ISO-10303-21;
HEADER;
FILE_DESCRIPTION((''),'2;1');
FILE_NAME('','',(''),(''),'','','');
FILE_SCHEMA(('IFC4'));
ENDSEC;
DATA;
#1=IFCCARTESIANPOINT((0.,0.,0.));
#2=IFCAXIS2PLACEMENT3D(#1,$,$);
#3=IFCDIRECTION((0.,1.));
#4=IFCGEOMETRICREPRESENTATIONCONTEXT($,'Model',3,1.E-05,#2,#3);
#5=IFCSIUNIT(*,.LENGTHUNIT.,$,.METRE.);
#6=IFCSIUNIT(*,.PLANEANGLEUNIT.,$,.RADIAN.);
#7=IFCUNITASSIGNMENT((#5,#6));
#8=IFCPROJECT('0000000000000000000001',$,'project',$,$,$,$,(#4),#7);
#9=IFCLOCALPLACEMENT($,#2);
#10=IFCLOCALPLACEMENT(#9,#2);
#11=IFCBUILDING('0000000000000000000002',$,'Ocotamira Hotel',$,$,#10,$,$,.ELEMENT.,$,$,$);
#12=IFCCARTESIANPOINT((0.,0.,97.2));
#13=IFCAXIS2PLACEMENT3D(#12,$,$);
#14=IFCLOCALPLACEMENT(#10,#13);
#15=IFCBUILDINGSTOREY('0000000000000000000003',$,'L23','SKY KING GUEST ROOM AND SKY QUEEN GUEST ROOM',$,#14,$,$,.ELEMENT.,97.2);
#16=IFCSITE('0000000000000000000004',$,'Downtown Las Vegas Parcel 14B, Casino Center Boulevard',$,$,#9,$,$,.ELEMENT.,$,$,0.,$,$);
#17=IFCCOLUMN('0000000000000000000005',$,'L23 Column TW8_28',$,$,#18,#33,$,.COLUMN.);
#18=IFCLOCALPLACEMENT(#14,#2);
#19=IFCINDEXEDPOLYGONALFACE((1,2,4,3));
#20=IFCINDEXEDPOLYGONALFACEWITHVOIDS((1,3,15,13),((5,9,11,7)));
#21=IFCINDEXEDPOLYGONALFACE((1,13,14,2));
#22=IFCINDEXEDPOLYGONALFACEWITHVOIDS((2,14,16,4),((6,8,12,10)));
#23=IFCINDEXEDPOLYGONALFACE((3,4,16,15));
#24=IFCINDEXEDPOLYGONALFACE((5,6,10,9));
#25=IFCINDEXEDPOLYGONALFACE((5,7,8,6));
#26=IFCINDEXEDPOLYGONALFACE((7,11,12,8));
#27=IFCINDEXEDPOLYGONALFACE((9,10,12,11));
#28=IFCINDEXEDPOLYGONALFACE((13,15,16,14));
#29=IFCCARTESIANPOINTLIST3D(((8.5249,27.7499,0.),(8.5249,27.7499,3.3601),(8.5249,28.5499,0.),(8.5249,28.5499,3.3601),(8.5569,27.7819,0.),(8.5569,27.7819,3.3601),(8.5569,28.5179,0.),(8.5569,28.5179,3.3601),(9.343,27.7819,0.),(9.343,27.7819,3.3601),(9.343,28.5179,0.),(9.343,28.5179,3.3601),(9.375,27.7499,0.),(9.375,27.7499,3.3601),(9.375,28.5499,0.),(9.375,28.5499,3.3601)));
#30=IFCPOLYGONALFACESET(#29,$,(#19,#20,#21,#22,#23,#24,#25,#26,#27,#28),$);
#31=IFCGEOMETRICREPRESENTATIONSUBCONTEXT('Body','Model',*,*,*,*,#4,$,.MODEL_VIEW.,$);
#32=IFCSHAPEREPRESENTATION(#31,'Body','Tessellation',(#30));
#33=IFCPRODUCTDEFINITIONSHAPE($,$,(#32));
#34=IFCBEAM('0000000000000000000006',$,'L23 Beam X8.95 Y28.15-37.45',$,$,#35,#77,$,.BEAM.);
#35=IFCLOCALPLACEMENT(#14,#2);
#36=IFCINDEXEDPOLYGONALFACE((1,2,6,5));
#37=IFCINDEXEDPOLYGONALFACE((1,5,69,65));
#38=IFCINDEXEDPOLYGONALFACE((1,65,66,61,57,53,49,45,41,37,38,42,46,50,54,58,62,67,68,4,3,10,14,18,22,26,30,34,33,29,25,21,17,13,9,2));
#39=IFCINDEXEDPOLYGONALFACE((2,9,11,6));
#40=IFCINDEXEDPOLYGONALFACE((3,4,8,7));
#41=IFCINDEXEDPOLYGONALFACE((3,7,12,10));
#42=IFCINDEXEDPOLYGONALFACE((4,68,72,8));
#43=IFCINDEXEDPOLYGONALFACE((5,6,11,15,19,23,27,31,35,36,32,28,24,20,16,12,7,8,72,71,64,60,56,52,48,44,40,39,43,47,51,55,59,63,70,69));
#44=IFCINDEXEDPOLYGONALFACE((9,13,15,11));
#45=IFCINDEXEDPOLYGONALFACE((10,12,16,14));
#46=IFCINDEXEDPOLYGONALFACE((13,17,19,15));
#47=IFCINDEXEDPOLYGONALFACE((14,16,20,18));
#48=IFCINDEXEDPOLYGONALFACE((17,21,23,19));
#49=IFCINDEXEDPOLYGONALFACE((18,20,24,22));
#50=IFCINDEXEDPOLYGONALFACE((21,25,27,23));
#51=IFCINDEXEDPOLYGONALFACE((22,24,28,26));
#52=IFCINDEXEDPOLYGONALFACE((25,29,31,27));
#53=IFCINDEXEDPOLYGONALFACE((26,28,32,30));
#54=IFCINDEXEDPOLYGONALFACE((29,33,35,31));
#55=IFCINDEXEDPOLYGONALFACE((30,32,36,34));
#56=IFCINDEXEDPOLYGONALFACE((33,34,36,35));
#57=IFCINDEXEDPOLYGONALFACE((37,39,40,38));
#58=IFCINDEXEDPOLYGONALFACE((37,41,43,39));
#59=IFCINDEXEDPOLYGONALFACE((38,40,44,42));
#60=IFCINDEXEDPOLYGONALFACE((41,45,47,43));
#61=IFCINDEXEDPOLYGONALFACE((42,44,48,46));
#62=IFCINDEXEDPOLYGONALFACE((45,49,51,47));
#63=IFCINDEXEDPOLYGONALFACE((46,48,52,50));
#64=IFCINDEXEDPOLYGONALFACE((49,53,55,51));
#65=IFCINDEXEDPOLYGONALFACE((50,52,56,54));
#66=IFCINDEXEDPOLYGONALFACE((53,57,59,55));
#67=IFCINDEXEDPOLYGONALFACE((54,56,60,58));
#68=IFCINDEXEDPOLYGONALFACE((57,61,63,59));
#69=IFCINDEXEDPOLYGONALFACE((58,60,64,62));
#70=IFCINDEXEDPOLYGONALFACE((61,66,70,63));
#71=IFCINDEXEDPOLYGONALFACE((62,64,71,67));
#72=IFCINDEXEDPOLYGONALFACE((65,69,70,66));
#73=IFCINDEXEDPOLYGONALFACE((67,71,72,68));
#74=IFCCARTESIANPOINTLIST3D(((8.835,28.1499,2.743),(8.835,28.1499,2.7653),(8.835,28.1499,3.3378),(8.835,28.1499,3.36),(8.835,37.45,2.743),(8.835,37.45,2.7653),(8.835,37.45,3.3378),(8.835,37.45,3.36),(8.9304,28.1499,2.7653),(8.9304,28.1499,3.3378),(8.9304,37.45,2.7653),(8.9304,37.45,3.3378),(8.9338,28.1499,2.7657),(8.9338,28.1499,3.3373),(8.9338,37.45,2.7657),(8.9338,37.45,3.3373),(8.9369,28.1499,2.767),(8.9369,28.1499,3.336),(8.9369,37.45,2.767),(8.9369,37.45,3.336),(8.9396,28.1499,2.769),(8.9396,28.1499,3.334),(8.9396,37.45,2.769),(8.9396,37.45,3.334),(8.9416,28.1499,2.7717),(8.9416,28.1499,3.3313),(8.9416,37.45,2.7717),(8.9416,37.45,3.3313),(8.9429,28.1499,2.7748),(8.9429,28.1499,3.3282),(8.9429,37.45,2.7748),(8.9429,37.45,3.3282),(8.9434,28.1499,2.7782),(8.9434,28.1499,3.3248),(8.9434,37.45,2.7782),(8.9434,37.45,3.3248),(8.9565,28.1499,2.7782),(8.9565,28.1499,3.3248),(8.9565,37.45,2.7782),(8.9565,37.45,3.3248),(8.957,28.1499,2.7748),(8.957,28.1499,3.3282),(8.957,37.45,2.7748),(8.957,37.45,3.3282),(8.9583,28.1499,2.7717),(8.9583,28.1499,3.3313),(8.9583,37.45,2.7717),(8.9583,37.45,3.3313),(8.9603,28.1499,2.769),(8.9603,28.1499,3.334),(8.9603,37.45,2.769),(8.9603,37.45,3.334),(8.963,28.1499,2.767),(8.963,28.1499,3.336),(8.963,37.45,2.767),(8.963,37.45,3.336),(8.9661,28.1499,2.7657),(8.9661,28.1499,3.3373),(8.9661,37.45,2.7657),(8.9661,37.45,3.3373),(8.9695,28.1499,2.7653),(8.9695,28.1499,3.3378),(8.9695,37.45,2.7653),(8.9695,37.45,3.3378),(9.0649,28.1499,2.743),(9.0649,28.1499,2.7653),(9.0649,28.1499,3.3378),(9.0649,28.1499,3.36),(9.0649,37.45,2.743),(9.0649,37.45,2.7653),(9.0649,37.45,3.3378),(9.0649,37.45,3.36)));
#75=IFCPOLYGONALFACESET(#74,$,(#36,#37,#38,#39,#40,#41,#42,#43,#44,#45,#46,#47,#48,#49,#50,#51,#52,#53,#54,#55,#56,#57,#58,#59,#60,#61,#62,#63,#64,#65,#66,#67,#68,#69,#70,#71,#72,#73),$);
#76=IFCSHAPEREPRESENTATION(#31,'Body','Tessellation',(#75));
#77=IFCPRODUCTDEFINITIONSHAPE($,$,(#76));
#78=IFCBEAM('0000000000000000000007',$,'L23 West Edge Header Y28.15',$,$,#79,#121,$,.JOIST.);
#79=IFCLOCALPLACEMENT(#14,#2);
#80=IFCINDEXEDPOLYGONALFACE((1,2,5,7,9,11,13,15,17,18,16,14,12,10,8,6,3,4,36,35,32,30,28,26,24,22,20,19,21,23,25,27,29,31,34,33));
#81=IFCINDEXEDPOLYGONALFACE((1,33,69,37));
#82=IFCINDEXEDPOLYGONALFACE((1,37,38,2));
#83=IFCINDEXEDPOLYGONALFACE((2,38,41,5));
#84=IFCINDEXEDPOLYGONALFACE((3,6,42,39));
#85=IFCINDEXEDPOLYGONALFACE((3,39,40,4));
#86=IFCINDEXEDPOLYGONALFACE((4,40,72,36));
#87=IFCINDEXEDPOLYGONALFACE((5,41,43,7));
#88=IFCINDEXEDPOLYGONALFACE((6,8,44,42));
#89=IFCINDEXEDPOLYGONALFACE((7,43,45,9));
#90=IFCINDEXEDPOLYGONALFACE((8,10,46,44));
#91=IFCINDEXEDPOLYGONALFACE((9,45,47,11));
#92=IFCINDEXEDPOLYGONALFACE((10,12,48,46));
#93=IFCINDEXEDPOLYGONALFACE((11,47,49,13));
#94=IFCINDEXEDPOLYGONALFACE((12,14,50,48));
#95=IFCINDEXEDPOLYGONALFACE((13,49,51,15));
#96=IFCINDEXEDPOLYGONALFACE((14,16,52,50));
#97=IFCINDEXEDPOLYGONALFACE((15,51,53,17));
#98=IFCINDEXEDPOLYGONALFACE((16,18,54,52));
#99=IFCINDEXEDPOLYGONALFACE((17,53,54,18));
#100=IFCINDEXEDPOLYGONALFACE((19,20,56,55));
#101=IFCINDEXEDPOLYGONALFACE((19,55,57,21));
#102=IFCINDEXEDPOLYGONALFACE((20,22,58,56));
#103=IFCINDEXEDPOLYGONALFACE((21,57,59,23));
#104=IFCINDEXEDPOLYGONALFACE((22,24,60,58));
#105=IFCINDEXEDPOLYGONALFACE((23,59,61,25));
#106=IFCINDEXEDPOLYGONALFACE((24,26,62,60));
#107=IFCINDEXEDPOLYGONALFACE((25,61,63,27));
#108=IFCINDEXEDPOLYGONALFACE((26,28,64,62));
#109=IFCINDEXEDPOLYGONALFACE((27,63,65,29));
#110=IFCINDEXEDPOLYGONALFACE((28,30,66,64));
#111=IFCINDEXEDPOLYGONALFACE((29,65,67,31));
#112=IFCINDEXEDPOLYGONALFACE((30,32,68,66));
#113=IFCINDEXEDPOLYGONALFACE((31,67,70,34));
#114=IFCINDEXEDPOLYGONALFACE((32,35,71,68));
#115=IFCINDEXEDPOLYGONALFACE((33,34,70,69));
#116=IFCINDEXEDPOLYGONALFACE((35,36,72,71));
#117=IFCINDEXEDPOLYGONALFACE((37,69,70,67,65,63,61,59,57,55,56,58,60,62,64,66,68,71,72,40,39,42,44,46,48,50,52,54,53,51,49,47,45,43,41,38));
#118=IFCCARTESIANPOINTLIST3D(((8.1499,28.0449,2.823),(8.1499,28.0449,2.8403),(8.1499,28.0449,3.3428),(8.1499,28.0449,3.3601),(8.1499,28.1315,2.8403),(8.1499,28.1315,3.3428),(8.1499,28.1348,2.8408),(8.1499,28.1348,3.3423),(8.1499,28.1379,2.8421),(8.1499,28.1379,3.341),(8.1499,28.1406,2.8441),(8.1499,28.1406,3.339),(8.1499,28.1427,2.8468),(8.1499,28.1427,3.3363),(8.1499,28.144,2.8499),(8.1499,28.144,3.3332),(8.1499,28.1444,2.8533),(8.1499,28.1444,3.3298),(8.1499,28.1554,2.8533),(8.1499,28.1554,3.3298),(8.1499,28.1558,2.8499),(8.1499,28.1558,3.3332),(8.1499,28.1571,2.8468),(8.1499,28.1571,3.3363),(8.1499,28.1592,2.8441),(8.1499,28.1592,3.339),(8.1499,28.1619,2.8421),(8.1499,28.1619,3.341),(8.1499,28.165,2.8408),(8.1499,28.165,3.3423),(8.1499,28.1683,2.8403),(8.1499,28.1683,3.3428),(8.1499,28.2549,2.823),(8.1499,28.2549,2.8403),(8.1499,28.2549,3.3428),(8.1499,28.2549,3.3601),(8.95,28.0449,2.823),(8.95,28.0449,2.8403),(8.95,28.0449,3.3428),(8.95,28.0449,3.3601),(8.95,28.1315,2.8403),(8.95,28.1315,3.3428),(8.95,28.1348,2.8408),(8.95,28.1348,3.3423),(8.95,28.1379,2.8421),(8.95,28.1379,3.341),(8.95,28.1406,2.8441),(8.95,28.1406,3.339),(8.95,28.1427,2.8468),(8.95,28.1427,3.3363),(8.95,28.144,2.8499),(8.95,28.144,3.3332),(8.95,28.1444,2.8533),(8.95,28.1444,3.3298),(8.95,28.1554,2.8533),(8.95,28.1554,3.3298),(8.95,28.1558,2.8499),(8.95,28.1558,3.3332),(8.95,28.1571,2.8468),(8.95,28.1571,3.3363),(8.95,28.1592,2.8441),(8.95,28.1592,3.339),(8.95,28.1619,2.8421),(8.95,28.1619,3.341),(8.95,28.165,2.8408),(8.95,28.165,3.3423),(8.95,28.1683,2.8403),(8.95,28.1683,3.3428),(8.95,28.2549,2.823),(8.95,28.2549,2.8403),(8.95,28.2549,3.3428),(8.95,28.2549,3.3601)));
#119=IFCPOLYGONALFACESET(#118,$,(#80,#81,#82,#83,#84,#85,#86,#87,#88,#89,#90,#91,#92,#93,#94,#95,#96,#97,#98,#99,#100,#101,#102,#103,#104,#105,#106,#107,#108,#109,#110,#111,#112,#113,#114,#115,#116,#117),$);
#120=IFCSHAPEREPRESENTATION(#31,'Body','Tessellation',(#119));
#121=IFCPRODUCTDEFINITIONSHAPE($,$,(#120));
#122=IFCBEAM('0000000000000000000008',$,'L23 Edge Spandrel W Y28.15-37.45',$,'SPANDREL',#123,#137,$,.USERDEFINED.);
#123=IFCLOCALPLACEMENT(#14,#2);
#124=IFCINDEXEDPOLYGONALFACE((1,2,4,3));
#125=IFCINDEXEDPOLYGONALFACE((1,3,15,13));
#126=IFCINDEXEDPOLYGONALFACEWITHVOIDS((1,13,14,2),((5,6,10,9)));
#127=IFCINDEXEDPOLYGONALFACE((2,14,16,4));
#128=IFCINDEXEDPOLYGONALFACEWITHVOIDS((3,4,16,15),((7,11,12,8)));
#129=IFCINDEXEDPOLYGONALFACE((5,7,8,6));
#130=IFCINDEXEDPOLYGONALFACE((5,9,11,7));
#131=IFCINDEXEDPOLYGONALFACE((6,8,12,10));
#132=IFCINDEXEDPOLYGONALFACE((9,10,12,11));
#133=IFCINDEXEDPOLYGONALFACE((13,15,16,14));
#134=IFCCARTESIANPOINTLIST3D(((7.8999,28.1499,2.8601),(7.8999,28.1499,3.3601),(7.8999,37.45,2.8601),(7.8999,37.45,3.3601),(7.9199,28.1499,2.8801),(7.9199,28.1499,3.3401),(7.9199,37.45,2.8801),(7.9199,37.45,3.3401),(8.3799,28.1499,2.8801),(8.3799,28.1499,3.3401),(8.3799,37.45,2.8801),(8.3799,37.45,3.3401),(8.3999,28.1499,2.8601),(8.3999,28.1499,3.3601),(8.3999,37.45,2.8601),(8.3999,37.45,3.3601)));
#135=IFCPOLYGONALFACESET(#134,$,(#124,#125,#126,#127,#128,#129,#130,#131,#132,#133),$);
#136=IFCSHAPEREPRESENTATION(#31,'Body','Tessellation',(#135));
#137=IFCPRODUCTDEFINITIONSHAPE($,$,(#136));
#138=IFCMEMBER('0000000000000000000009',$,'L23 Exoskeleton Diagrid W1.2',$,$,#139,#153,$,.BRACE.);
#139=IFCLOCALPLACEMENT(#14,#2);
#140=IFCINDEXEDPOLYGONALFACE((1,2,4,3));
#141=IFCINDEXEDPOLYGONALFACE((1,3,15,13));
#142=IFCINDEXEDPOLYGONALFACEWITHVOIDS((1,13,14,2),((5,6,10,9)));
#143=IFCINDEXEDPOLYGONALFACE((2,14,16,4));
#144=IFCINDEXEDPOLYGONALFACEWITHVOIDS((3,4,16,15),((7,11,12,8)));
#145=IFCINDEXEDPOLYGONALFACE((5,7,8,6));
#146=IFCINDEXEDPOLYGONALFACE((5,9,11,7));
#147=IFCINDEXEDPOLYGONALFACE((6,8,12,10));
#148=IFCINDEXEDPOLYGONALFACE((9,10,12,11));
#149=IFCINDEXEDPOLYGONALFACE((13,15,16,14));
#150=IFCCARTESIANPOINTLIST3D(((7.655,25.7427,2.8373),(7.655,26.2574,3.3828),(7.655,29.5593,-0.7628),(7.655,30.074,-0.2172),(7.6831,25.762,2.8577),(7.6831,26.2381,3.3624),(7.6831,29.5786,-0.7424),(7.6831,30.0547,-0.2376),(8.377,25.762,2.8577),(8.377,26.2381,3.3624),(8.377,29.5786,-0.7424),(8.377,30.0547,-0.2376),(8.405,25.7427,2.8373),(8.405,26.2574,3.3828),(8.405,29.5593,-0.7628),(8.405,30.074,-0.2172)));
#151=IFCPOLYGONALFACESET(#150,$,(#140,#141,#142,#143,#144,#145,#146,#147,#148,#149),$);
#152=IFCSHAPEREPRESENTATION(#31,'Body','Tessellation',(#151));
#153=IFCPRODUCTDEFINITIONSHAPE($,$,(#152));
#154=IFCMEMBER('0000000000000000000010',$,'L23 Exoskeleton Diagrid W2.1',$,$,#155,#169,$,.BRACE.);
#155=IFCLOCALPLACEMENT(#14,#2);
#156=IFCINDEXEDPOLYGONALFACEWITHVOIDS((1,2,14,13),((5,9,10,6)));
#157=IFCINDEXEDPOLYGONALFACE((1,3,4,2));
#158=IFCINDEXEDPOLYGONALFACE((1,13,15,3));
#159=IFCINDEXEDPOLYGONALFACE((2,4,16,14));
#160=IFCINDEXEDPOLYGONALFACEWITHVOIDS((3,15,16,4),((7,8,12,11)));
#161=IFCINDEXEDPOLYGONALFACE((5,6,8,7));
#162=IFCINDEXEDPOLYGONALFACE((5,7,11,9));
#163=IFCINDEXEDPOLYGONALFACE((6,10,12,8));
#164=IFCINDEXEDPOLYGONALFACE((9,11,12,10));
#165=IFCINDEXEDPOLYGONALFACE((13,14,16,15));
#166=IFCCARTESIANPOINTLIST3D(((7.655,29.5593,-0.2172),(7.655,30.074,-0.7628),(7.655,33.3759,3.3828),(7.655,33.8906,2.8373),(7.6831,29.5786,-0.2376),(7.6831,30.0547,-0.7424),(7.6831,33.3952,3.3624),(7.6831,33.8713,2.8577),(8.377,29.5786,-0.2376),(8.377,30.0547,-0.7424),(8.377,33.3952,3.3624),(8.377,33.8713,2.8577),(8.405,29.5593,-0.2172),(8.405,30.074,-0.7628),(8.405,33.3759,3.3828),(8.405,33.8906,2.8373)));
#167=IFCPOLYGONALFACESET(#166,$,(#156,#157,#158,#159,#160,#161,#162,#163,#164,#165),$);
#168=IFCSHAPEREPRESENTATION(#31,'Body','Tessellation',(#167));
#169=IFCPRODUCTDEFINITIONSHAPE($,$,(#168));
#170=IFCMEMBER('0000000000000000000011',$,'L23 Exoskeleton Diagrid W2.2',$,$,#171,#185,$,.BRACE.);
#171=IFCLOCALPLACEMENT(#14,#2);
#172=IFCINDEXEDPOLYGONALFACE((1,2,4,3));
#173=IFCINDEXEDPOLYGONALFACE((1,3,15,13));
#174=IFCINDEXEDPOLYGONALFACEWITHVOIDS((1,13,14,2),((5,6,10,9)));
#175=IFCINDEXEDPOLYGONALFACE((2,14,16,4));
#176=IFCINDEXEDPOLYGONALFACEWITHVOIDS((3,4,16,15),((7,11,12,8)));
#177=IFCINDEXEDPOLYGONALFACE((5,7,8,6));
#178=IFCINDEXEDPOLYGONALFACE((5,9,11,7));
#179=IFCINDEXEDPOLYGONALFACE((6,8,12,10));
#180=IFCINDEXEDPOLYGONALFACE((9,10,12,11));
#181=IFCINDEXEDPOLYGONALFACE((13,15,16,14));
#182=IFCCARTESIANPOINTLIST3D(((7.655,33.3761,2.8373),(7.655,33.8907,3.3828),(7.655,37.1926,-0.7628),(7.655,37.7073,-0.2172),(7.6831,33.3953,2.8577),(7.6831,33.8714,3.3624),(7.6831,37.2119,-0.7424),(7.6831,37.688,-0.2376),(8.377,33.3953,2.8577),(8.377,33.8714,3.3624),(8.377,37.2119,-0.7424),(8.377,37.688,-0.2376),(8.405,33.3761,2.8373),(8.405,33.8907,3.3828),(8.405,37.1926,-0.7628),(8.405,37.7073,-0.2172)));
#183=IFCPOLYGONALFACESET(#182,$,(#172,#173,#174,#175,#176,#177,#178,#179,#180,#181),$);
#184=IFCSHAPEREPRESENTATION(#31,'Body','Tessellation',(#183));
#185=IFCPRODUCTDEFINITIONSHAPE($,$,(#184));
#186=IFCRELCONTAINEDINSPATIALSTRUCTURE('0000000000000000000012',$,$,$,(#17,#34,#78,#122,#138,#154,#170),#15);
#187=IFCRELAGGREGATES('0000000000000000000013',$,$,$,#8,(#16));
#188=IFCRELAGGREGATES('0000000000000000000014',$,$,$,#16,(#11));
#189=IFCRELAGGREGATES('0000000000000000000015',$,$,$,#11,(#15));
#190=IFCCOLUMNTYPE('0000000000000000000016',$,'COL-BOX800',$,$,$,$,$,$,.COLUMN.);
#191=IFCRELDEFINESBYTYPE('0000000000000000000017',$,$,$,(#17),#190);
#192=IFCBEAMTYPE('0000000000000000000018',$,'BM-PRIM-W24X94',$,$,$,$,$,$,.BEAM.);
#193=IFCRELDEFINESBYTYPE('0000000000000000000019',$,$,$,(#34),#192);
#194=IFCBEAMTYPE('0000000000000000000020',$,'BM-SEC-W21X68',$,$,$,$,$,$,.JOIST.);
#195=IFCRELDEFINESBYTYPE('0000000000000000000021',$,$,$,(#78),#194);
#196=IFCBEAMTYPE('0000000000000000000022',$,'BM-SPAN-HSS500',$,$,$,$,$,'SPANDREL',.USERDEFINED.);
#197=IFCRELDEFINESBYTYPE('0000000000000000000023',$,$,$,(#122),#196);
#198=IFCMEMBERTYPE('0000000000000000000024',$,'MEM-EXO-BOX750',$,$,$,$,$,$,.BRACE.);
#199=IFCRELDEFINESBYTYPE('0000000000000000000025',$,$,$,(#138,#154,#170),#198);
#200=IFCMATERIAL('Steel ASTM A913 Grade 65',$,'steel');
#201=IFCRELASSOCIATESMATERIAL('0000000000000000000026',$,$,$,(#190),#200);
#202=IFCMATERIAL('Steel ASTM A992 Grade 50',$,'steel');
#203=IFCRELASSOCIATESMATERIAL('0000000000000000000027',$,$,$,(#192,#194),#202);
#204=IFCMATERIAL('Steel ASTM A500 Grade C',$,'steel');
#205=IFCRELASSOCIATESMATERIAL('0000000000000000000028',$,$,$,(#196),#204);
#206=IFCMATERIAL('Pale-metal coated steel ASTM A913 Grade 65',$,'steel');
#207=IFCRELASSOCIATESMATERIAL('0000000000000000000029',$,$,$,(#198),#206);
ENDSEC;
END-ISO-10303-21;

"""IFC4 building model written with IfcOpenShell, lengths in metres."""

from ifc_helpers import new_model, si_unit, direction, frame, origin, origin_2d, place, context, subcontext, project, spatial, hollow_rectangle, i_section, extrude, source, transform, mapped, material, material_profile, profile_set, type_object, element, save


model = new_model("IFC4")

# Units and contexts
model_context = context("Model", 3, precision=1e-05, world=origin(), true_north=direction((0.0, 1.0)))
body_context = subcontext(model_context, "Body", "Model", "MODEL_VIEW")
ifc_project = project(units=[si_unit("LENGTHUNIT", "METRE"), si_unit("PLANEANGLEUNIT", "RADIAN")], contexts=[model_context])

# Site, building, storey
site_placement = place(None, origin())
site = spatial("IfcSite", under=ifc_project, at=site_placement, Name="Downtown Las Vegas Parcel 14B, Casino Center Boulevard", CompositionType="ELEMENT", RefElevation=0.0)
building_placement = place(site_placement, origin())
building = spatial("IfcBuilding", under=site, at=building_placement, Name="Ocotamira Hotel", CompositionType="ELEMENT")
storey_placement = place(building_placement, frame((0.0, 0.0, 97.2)))
storey = spatial("IfcBuildingStorey", under=building, at=storey_placement, Name="L23", Description="SKY KING GUEST ROOM AND SKY QUEEN GUEST ROOM", CompositionType="ELEMENT", Elevation=97.2)

# Column
ifc_material_1 = material(Name="Steel ASTM A913 Grade 65", Category="steel")
ifc_material_profile_1 = material_profile(ifc_material_1, hollow_rectangle(XDim=0.8501, YDim=0.8, WallThickness=0.032, at=origin_2d()), Name="BOX800X850X32")
ifc_profile_set_1 = profile_set([ifc_material_profile_1], Name="Steel ASTM A913 Grade 65")
column_type = type_object("IfcColumnType", Name="COL-BOX800", PredefinedType="COLUMN", material=ifc_profile_set_1)
shared_shape_1 = source(origin(), body_context, "Body", "SweptSolid", [
    extrude(hollow_rectangle(XDim=0.8501, YDim=0.8, WallThickness=0.032, at=origin_2d()), origin(), (0.0, 0.0, 1.0), 3.3601),
])
column_placement = place(storey_placement, frame((8.95, 28.1499, 0.0), z_axis=(0.0, 0.0, 1.0), x_axis=(1.0, 0.0, 0.0)))
element("IfcColumn", 1, at=column_placement, inside=storey, type_object=column_type, Name="L23 Column TW8_28", PredefinedType="COLUMN", context=body_context, shape_type="MappedRepresentation", body=[
    mapped(shared_shape_1, transform((0.0, 0.0, 0.0), scale=1.0)),
])

# Beams
ifc_material_2 = material(Name="Steel ASTM A992 Grade 50", Category="steel")
ifc_material_profile_2 = material_profile(ifc_material_2, i_section(OverallWidth=0.23, OverallDepth=0.6169, WebThickness=0.0132, FlangeThickness=0.0222, FilletRadius=0.0129, at=origin_2d()), Name="W24X94")
ifc_profile_set_2 = profile_set([ifc_material_profile_2], Name="Steel ASTM A992 Grade 50")
beam_type_1 = type_object("IfcBeamType", Name="BM-PRIM-W24X94", PredefinedType="BEAM", material=ifc_profile_set_2)
shared_shape_2 = source(origin(), body_context, "Body", "SweptSolid", [
    extrude(i_section(OverallWidth=0.23, OverallDepth=0.6169, WebThickness=0.0132, FlangeThickness=0.0222, FilletRadius=0.0129, at=origin_2d()), origin(), (0.0, 0.0, 1.0), 9.3),
])
beam_1_placement = place(storey_placement, frame((8.95, 28.1499, 3.0515), z_axis=(0.0, 1.0, 0.0), x_axis=(-1.0, 0.0, 0.0)))
element("IfcBeam", 2, at=beam_1_placement, inside=storey, type_object=beam_type_1, Name="L23 Beam X8.95 Y28.15-37.45", PredefinedType="BEAM", context=body_context, shape_type="MappedRepresentation", body=[
    mapped(shared_shape_2, transform((0.0, 0.0, 0.0), scale=1.0)),
])
ifc_material_profile_3 = material_profile(ifc_material_2, i_section(OverallWidth=0.21, OverallDepth=0.5371, WebThickness=0.011, FlangeThickness=0.0173, FilletRadius=0.0129, at=origin_2d()), Name="W21X68")
ifc_profile_set_3 = profile_set([ifc_material_profile_3], Name="Steel ASTM A992 Grade 50")
beam_type_2 = type_object("IfcBeamType", Name="BM-SEC-W21X68", PredefinedType="JOIST", material=ifc_profile_set_3)
shared_shape_3 = source(origin(), body_context, "Body", "SweptSolid", [
    extrude(i_section(OverallWidth=0.21, OverallDepth=0.5371, WebThickness=0.011, FlangeThickness=0.0173, FilletRadius=0.0129, at=origin_2d()), origin(), (0.0, 0.0, 1.0), 0.8),
])
beam_2_placement = place(storey_placement, frame((8.95, 28.1499, 3.0916), z_axis=(-1.0, 0.0, 0.0), x_axis=(0.0, -1.0, 0.0)))
element("IfcBeam", 3, at=beam_2_placement, inside=storey, type_object=beam_type_2, Name="L23 West Edge Header Y28.15", PredefinedType="JOIST", context=body_context, shape_type="MappedRepresentation", body=[
    mapped(shared_shape_3, transform((0.0, 0.0, 0.0), scale=1.0)),
])
ifc_material_3 = material(Name="Steel ASTM A500 Grade C", Category="steel")
ifc_material_profile_4 = material_profile(ifc_material_3, hollow_rectangle(XDim=0.5, YDim=0.5, WallThickness=0.02, at=origin_2d()), Name="HSS500X500X20")
ifc_profile_set_4 = profile_set([ifc_material_profile_4], Name="Steel ASTM A500 Grade C")
beam_type_3 = type_object("IfcBeamType", Name="BM-SPAN-HSS500", ElementType="SPANDREL", PredefinedType="USERDEFINED", material=ifc_profile_set_4)
shared_shape_4 = source(origin(), body_context, "Body", "SweptSolid", [
    extrude(hollow_rectangle(XDim=0.5, YDim=0.5, WallThickness=0.02, at=origin_2d()), origin(), (0.0, 0.0, 1.0), 9.3),
])
beam_3_placement = place(storey_placement, frame((8.1499, 28.1499, 3.1101), z_axis=(0.0, 1.0, 0.0), x_axis=(-1.0, 0.0, 0.0)))
element("IfcBeam", 4, at=beam_3_placement, inside=storey, type_object=beam_type_3, Name="L23 Edge Spandrel W Y28.15-37.45", ObjectType="SPANDREL", PredefinedType="USERDEFINED", context=body_context, shape_type="MappedRepresentation", body=[
    mapped(shared_shape_4, transform((0.0, 0.0, 0.0), scale=1.0)),
])

# Members
ifc_material_4 = material(Name="Pale-metal coated steel ASTM A913 Grade 65", Category="steel")
ifc_material_profile_5 = material_profile(ifc_material_4, hollow_rectangle(XDim=0.75, YDim=0.75, WallThickness=0.0281, at=origin_2d()), Name="BOX750X750X28")
ifc_profile_set_5 = profile_set([ifc_material_profile_5], Name="Pale-metal coated steel ASTM A913 Grade 65")
member_type_1 = type_object("IfcMemberType", Name="MEM-EXO-BOX750", PredefinedType="BRACE", material=ifc_profile_set_5)
shared_shape_5 = source(origin(), body_context, "Body", "SweptSolid", [
    extrude(hollow_rectangle(XDim=0.75, YDim=0.75, WallThickness=0.0281, at=origin_2d()), origin(), (0.0, 0.0, 1.0), 5.2466),
])
for number, where, z_axis, x_axis, name in (
    (5, (8.03, 29.8167, -0.49), (0.0, -0.727443, 0.686168), (1.0, 0.0, 0.0), "L23 Exoskeleton Diagrid W1.2"),
    (6, (8.03, 29.8167, -0.49), (0.0, 0.727443, 0.686168), (-1.0, 0.0, 0.0), "L23 Exoskeleton Diagrid W2.1"),
    (7, (8.03, 37.45, -0.49), (0.0, -0.727443, 0.686168), (1.0, 0.0, 0.0), "L23 Exoskeleton Diagrid W2.2"),
):
    element("IfcMember", number, at=place(storey_placement, frame(where, z_axis=z_axis, x_axis=x_axis)), inside=storey, type_object=member_type_1, Name=name, PredefinedType="BRACE", context=body_context, shape_type="MappedRepresentation", body=[
        mapped(shared_shape_5, transform((0.0, 0.0, 0.0), scale=1.0)),
    ])

save(model, "model.ifc")
